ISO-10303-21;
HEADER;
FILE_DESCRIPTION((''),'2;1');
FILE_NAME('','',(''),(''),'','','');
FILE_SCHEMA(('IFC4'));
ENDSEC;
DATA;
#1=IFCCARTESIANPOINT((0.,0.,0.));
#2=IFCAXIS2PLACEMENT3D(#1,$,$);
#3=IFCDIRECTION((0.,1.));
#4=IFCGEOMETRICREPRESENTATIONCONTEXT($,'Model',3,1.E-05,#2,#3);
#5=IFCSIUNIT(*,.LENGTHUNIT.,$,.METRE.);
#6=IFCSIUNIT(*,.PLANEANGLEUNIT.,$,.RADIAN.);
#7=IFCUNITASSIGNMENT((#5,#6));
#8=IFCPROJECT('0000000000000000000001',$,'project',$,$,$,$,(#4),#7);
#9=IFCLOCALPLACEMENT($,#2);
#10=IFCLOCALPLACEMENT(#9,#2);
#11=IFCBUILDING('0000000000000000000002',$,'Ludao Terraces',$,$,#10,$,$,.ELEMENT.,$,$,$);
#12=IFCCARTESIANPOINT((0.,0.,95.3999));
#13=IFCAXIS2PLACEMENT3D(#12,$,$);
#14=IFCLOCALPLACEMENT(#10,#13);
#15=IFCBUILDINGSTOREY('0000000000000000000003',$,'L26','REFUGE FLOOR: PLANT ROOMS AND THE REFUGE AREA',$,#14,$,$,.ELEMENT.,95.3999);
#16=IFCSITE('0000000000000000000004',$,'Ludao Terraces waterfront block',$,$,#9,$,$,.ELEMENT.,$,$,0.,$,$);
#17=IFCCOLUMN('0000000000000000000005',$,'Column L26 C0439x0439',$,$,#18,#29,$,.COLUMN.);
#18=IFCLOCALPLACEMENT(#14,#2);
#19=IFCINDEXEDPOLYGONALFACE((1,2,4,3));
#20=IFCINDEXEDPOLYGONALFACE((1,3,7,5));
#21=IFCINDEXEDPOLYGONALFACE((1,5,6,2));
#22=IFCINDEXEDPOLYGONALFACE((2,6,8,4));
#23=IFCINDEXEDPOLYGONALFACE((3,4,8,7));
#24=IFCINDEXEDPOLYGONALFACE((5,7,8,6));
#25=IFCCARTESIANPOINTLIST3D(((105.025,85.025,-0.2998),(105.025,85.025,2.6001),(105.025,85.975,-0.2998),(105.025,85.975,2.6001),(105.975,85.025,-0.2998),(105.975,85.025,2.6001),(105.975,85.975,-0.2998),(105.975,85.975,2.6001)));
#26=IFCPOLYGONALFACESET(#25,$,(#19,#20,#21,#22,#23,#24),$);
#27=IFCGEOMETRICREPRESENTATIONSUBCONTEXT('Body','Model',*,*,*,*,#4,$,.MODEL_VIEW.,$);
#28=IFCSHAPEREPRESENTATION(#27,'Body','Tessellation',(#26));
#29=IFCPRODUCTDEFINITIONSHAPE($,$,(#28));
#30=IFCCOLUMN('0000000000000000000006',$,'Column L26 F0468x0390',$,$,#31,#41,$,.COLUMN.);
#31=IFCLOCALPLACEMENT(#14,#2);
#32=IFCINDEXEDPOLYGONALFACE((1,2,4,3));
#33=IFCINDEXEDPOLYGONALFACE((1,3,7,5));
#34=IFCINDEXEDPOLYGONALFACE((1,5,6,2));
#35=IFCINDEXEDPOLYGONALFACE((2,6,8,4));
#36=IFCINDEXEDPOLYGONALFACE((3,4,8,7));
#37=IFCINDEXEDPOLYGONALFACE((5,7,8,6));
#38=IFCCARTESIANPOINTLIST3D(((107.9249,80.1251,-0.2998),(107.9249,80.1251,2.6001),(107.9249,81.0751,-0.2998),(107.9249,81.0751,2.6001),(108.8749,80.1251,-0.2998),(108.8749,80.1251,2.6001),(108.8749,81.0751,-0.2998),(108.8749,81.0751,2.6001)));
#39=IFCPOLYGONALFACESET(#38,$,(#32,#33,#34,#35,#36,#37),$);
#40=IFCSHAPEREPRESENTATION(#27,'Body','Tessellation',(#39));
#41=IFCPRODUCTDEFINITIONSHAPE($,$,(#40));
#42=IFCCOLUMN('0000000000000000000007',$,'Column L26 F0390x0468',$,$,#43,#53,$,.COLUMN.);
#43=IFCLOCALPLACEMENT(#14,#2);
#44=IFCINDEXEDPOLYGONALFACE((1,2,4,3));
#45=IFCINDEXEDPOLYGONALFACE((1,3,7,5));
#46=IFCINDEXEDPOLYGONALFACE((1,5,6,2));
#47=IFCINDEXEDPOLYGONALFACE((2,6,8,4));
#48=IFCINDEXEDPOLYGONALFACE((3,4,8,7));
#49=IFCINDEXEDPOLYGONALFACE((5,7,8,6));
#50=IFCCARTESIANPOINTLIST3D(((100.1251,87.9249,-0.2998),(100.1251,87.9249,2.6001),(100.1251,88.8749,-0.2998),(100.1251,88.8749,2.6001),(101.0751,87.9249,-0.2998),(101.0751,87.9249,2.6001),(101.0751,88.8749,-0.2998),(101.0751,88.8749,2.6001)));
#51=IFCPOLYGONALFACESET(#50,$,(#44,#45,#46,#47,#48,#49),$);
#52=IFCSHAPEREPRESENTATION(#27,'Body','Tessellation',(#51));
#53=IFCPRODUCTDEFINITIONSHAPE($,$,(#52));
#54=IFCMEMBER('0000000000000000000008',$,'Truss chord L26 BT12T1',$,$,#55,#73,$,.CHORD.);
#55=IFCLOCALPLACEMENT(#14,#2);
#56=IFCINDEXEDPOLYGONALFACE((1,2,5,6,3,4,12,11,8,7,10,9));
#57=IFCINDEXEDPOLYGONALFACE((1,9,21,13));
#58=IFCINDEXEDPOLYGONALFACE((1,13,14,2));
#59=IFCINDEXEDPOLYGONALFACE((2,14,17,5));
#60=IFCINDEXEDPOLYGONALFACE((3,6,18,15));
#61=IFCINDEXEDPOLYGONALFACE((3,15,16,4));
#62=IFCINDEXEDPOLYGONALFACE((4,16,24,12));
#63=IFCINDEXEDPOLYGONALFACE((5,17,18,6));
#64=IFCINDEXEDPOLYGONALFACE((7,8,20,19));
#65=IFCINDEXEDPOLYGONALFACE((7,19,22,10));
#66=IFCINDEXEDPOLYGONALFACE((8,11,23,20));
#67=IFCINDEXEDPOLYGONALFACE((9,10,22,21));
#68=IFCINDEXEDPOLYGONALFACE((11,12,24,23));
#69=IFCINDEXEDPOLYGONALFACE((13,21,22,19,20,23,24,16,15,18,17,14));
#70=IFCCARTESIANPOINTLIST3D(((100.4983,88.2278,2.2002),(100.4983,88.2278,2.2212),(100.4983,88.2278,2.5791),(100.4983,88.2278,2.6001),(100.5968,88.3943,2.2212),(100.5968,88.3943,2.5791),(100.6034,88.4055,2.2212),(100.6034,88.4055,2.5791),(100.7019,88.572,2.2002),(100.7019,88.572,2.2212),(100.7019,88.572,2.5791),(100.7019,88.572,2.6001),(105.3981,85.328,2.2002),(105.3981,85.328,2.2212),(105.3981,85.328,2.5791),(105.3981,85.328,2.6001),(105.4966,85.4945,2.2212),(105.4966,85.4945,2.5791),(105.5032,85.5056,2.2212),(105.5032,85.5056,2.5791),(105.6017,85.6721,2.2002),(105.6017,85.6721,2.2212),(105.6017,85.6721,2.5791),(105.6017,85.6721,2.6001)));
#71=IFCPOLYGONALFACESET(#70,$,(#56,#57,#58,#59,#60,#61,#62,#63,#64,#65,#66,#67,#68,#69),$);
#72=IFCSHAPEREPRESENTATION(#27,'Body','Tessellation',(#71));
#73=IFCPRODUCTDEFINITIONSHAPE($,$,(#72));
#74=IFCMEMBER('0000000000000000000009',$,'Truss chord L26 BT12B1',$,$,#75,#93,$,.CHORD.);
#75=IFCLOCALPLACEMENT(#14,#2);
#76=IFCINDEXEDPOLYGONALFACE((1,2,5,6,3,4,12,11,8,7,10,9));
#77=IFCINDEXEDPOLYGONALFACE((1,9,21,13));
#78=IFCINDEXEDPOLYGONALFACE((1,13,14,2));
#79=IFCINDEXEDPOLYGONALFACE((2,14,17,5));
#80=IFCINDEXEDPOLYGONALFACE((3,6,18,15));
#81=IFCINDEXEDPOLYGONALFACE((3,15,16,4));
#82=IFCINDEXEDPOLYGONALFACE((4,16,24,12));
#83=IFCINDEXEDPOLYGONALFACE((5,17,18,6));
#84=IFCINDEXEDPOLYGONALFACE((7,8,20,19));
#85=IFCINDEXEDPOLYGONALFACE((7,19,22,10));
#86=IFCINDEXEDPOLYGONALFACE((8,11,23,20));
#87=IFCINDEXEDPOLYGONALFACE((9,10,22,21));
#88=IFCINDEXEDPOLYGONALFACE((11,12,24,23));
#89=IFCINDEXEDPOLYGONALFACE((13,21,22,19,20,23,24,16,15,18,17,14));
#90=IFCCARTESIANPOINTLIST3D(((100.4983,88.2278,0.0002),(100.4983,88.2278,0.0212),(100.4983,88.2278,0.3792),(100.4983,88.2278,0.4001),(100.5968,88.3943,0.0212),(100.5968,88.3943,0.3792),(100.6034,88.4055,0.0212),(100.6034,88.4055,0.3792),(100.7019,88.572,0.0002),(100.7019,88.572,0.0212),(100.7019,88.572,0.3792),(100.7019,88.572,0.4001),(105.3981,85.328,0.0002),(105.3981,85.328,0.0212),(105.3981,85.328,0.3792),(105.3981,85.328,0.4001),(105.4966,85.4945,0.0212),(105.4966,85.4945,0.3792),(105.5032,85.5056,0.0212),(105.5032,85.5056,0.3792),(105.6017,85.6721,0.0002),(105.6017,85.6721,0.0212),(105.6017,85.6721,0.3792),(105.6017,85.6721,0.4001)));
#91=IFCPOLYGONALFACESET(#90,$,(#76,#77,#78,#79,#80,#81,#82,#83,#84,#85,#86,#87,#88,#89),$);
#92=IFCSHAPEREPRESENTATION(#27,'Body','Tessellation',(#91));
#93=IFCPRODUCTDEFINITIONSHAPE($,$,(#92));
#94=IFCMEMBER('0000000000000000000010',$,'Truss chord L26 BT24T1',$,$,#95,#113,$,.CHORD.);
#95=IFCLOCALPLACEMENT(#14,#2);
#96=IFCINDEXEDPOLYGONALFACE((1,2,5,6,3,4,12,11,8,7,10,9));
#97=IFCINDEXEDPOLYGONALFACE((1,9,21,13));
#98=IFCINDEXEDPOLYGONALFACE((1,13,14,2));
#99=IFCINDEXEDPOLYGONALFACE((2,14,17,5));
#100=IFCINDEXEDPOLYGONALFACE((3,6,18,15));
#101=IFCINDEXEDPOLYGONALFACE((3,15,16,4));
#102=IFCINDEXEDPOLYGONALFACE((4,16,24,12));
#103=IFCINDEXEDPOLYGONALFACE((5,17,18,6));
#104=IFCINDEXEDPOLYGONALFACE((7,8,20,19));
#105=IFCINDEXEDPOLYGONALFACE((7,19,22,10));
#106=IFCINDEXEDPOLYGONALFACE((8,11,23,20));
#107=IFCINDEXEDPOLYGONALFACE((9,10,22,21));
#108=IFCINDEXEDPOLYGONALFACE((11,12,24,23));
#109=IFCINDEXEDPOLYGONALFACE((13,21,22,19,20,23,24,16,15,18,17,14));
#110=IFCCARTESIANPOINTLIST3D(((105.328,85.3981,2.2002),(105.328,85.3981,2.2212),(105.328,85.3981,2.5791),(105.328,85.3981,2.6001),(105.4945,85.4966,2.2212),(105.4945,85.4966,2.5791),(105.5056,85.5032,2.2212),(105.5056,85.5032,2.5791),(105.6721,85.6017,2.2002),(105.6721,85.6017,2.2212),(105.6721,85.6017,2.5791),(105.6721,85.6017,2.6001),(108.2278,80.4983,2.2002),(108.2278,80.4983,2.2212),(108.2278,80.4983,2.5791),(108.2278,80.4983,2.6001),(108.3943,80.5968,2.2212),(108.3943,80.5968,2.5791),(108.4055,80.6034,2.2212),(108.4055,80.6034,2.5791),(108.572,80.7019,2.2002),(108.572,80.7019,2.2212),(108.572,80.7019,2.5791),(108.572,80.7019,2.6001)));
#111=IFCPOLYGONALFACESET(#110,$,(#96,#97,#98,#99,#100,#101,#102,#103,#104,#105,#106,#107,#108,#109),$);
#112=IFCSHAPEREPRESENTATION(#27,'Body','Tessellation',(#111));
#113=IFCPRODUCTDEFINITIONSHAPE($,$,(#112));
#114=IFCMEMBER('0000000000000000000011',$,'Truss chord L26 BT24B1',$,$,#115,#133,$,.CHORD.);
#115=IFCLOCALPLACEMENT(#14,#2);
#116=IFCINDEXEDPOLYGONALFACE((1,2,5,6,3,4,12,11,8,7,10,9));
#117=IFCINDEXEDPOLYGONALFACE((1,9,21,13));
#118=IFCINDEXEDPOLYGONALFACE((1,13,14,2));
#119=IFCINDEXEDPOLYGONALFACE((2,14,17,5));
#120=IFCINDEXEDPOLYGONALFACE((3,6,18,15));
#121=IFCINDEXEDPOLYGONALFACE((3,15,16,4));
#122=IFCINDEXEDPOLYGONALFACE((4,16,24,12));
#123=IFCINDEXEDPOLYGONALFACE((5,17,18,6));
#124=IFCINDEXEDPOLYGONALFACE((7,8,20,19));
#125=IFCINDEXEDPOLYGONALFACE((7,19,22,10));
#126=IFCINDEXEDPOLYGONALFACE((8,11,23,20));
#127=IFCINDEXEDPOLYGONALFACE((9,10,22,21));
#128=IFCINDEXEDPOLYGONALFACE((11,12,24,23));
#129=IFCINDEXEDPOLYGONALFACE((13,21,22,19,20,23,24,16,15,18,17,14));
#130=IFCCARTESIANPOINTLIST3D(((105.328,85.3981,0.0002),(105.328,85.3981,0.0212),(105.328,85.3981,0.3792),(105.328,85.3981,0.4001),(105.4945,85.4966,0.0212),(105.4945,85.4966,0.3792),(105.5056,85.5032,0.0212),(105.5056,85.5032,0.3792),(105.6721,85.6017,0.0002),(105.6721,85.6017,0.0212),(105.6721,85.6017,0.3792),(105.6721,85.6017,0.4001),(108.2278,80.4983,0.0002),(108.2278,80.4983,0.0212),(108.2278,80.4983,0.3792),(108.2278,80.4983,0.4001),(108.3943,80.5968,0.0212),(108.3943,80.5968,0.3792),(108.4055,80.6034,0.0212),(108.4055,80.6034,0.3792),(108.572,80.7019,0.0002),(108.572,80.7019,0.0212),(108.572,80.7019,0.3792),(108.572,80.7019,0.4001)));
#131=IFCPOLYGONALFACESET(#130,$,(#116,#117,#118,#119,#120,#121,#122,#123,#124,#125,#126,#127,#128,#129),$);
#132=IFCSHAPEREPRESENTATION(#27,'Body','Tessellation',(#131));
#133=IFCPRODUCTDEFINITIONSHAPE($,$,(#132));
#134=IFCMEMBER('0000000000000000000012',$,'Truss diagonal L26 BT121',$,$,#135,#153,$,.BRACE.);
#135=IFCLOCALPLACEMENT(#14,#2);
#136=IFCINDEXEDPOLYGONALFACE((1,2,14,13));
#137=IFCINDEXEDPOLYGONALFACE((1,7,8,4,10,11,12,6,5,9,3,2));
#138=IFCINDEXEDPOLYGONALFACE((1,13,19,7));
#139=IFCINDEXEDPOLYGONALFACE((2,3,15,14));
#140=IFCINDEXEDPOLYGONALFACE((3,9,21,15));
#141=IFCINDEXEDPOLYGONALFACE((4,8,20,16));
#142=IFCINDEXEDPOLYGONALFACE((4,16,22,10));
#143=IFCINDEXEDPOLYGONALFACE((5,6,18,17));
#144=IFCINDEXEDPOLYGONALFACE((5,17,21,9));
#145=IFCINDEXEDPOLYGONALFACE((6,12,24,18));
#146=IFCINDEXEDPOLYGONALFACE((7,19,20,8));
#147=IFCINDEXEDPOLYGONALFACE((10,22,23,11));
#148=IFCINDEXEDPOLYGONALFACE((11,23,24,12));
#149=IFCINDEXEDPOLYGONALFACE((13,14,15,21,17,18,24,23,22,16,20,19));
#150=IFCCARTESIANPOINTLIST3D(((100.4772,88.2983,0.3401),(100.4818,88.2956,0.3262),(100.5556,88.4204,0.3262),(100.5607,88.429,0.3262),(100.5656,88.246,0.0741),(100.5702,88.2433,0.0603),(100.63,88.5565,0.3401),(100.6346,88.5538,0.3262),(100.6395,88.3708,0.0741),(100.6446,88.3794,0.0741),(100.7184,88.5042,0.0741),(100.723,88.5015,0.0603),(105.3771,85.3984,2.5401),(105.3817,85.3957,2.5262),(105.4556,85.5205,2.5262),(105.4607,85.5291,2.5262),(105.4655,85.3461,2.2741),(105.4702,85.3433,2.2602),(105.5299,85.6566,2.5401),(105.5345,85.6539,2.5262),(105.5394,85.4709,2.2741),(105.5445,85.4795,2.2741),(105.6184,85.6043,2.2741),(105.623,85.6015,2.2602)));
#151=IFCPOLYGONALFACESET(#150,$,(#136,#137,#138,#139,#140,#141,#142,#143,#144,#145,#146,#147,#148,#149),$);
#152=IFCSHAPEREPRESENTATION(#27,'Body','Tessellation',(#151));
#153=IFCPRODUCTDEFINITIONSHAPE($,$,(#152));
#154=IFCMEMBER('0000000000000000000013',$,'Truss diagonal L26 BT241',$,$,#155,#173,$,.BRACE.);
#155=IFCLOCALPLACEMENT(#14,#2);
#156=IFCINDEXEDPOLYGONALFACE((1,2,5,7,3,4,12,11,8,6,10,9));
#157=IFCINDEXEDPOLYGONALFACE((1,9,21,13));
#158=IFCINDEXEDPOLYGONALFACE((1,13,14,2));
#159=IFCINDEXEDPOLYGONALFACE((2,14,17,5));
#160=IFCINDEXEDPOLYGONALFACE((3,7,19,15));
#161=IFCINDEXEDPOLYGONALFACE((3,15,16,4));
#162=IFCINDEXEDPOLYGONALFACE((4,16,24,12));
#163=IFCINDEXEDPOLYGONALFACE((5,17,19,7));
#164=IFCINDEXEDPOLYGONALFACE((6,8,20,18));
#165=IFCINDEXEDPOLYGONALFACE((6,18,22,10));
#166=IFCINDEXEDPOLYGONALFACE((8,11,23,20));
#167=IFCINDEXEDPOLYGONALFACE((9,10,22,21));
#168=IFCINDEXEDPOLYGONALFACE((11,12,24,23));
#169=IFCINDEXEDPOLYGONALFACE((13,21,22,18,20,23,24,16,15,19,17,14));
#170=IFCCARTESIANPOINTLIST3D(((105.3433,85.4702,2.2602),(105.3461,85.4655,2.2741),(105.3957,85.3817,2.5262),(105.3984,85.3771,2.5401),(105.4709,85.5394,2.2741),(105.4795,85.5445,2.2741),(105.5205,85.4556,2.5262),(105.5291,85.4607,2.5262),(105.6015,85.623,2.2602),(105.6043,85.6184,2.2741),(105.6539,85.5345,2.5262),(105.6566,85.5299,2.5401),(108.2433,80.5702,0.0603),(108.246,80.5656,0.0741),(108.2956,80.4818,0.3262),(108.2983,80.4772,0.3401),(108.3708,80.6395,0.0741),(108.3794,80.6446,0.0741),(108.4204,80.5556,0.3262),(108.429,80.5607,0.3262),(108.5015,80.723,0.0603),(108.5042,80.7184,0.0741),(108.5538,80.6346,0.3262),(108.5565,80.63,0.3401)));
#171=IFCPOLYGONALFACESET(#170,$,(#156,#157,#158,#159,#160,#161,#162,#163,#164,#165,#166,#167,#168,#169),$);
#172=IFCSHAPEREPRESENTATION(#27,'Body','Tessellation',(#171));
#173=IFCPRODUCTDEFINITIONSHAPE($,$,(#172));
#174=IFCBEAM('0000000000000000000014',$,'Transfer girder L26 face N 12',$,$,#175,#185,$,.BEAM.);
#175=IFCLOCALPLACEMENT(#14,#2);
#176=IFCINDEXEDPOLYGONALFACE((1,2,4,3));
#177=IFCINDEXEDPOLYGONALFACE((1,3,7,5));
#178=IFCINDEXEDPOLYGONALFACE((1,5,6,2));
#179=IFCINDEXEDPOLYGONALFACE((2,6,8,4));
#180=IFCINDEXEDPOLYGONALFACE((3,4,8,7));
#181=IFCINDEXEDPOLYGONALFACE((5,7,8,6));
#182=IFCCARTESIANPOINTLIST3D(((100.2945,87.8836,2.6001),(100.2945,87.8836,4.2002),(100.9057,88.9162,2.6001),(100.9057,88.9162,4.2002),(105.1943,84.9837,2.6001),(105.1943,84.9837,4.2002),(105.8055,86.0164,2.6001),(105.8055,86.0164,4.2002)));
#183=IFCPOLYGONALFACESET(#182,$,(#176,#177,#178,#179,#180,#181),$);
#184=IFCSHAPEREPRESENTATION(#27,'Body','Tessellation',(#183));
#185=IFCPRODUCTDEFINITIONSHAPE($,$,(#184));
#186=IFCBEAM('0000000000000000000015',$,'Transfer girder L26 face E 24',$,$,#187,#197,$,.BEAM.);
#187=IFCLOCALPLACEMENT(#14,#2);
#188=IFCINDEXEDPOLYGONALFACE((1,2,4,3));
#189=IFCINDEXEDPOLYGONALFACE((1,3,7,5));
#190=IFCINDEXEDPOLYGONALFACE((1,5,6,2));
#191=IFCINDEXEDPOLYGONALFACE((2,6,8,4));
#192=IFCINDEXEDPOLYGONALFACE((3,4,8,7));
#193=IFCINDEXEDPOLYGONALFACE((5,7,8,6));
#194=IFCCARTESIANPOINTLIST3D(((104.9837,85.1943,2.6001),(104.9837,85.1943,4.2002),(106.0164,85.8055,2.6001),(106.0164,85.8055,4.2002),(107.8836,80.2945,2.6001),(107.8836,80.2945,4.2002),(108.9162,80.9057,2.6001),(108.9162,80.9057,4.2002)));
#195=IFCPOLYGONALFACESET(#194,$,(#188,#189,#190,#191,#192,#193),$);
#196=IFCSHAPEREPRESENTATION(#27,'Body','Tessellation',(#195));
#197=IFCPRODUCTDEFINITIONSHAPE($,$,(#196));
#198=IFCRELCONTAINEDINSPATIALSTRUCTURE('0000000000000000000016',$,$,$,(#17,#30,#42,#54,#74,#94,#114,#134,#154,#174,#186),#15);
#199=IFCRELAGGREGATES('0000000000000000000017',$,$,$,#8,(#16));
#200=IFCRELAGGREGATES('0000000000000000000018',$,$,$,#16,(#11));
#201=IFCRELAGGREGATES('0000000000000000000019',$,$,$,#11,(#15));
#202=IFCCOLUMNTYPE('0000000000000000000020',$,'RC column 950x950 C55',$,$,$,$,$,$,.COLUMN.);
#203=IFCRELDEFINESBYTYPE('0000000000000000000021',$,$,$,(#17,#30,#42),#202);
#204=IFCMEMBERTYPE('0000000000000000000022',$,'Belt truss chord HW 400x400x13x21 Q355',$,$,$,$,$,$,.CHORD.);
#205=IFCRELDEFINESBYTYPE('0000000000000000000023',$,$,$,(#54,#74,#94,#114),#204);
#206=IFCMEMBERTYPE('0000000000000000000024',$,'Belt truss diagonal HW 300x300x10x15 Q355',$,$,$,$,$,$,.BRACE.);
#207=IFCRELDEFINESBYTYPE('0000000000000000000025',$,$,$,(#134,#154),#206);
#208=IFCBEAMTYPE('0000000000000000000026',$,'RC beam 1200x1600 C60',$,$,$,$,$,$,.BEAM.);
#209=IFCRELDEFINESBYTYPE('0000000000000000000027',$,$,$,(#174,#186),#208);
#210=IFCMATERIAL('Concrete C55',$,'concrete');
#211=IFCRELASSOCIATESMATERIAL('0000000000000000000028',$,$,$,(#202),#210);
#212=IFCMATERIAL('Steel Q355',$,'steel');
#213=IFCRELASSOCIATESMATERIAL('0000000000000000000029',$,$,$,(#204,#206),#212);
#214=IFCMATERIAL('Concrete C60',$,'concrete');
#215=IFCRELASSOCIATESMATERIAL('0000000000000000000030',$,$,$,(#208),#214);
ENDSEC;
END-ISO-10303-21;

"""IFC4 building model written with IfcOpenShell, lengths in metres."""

from ifc_helpers import new_model, si_unit, direction, frame, origin, origin_2d, place, context, subcontext, project, spatial, rectangle, i_section, extrude, material, material_profile, profile_set, type_object, element, save


model = new_model("IFC4")

# Units and contexts
model_context = context("Model", 3, precision=1e-05, world=origin(), true_north=direction((0.0, 1.0)))
body_context = subcontext(model_context, "Body", "Model", "MODEL_VIEW")
ifc_project = project(units=[si_unit("LENGTHUNIT", "METRE"), si_unit("PLANEANGLEUNIT", "RADIAN")], contexts=[model_context])

# Site, building, storey
site_placement = place(None, origin())
site = spatial("IfcSite", under=ifc_project, at=site_placement, Name="Ludao Terraces waterfront block", CompositionType="ELEMENT", RefElevation=0.0)
building_placement = place(site_placement, origin())
building = spatial("IfcBuilding", under=site, at=building_placement, Name="Ludao Terraces", CompositionType="ELEMENT")
storey_placement = place(building_placement, frame((0.0, 0.0, 95.3999)))
storey = spatial("IfcBuildingStorey", under=building, at=storey_placement, Name="L26", Description="REFUGE FLOOR: PLANT ROOMS AND THE REFUGE AREA", CompositionType="ELEMENT", Elevation=95.3999)

# Columns
ifc_material_1 = material(Name="Concrete C55", Category="concrete")
ifc_material_profile_1 = material_profile(ifc_material_1, rectangle(XDim=0.95, YDim=0.95, at=origin_2d()), Name="950 X 950")
ifc_profile_set_1 = profile_set([ifc_material_profile_1], Name="Concrete C55")
column_type = type_object("IfcColumnType", Name="RC column 950x950 C55", PredefinedType="COLUMN", material=ifc_profile_set_1)
for number, where, z_axis, x_axis, name in (
    (1, (105.5, 85.5, -0.2998), (0.0, 0.0, 1.0), (1.0, 0.0, 0.0), "Column L26 C0439x0439"),
    (2, (108.3999, 80.6001, -0.2998), (0.0, 0.0, 1.0), (1.0, 0.0, 0.0), "Column L26 F0468x0390"),
    (3, (100.6001, 88.3999, -0.2998), (0.0, 0.0, 1.0), (1.0, 0.0, 0.0), "Column L26 F0390x0468"),
):
    element("IfcColumn", number, at=place(storey_placement, frame(where, z_axis=z_axis, x_axis=x_axis)), inside=storey, type_object=column_type, Name=name, PredefinedType="COLUMN", context=body_context, shape_type="SweptSolid", body=[
        extrude(rectangle(XDim=0.95, YDim=0.95, at=origin_2d()), origin(), (0.0, 0.0, 1.0), 2.8999),
    ])

# Members
ifc_material_2 = material(Name="Steel Q355", Category="steel")
ifc_material_profile_2 = material_profile(ifc_material_2, i_section(OverallWidth=0.3999, OverallDepth=0.3999, WebThickness=0.0129, FlangeThickness=0.021, at=origin_2d()), Name="HW 400X400X13X21")
ifc_profile_set_2 = profile_set([ifc_material_profile_2], Name="Steel Q355")
member_type_1 = type_object("IfcMemberType", Name="Belt truss chord HW 400x400x13x21 Q355", PredefinedType="CHORD", material=ifc_profile_set_2)
for number, where, z_axis, x_axis, name in (
    (4, (100.6001, 88.3999, 2.4001), (0.86058, -0.509316, 0.0), (0.509316, 0.86058, 0.0), "Truss chord L26 BT12T1"),
    (5, (100.6001, 88.3999, 0.2002), (0.86058, -0.509316, 0.0), (0.509316, 0.86058, 0.0), "Truss chord L26 BT12B1"),
    (6, (108.3999, 80.6001, 2.4001), (-0.509316, 0.86058, 0.0), (-0.86058, -0.509316, 0.0), "Truss chord L26 BT24T1"),
    (7, (108.3999, 80.6001, 0.2002), (-0.509316, 0.86058, 0.0), (-0.86058, -0.509316, 0.0), "Truss chord L26 BT24B1"),
):
    element("IfcMember", number, at=place(storey_placement, frame(where, z_axis=z_axis, x_axis=x_axis)), inside=storey, type_object=member_type_1, Name=name, PredefinedType="CHORD", context=body_context, shape_type="SweptSolid", body=[
        extrude(i_section(OverallWidth=0.3999, OverallDepth=0.3999, WebThickness=0.0129, FlangeThickness=0.021, at=origin_2d()), origin(), (0.0, 0.0, 1.0), 5.6936),
    ])
ifc_material_profile_3 = material_profile(ifc_material_2, i_section(OverallWidth=0.3, OverallDepth=0.3, WebThickness=0.01, FlangeThickness=0.0149, at=origin_2d()), Name="HW 300X300X10X15")
ifc_profile_set_3 = profile_set([ifc_material_profile_3], Name="Steel Q355")
member_type_2 = type_object("IfcMemberType", Name="Belt truss diagonal HW 300x300x10x15 Q355", PredefinedType="BRACE", material=ifc_profile_set_3)
for number, where, z_axis, x_axis, name in (
    (8, (100.6001, 88.3999, 0.2002), (0.802742, -0.475086, 0.360414), (0.509316, 0.86058, 0.0), "Truss diagonal L26 BT121"),
    (9, (108.3999, 80.6001, 0.2002), (-0.475086, 0.802742, 0.360414), (-0.86058, -0.509316, 0.0), "Truss diagonal L26 BT241"),
):
    element("IfcMember", number, at=place(storey_placement, frame(where, z_axis=z_axis, x_axis=x_axis)), inside=storey, type_object=member_type_2, Name=name, PredefinedType="BRACE", context=body_context, shape_type="SweptSolid", body=[
        extrude(i_section(OverallWidth=0.3, OverallDepth=0.3, WebThickness=0.01, FlangeThickness=0.0149, at=origin_2d()), origin(), (0.0, 0.0, 1.0), 6.104),
    ])

# Beams
ifc_material_3 = material(Name="Concrete C60", Category="concrete")
ifc_material_profile_4 = material_profile(ifc_material_3, rectangle(XDim=1.2, YDim=1.6001, at=origin_2d()), Name="1200 X 1600")
ifc_profile_set_4 = profile_set([ifc_material_profile_4], Name="Concrete C60")
beam_type_1 = type_object("IfcBeamType", Name="RC beam 1200x1600 C60", PredefinedType="BEAM", material=ifc_profile_set_4)
for number, where, z_axis, x_axis, name in (
    (10, (100.6001, 88.3999, 3.4001), (0.86058, -0.509316, 0.0), (0.509316, 0.86058, 0.0), "Transfer girder L26 face N 12"),
    (11, (108.3999, 80.6001, 3.4001), (-0.509316, 0.86058, 0.0), (-0.86058, -0.509316, 0.0), "Transfer girder L26 face E 24"),
):
    element("IfcBeam", number, at=place(storey_placement, frame(where, z_axis=z_axis, x_axis=x_axis)), inside=storey, type_object=beam_type_1, Name=name, PredefinedType="BEAM", context=body_context, shape_type="SweptSolid", body=[
        extrude(rectangle(XDim=1.2, YDim=1.6001, at=origin_2d()), origin(), (0.0, 0.0, 1.0), 5.6936),
    ])

save(model, "model.ifc")
